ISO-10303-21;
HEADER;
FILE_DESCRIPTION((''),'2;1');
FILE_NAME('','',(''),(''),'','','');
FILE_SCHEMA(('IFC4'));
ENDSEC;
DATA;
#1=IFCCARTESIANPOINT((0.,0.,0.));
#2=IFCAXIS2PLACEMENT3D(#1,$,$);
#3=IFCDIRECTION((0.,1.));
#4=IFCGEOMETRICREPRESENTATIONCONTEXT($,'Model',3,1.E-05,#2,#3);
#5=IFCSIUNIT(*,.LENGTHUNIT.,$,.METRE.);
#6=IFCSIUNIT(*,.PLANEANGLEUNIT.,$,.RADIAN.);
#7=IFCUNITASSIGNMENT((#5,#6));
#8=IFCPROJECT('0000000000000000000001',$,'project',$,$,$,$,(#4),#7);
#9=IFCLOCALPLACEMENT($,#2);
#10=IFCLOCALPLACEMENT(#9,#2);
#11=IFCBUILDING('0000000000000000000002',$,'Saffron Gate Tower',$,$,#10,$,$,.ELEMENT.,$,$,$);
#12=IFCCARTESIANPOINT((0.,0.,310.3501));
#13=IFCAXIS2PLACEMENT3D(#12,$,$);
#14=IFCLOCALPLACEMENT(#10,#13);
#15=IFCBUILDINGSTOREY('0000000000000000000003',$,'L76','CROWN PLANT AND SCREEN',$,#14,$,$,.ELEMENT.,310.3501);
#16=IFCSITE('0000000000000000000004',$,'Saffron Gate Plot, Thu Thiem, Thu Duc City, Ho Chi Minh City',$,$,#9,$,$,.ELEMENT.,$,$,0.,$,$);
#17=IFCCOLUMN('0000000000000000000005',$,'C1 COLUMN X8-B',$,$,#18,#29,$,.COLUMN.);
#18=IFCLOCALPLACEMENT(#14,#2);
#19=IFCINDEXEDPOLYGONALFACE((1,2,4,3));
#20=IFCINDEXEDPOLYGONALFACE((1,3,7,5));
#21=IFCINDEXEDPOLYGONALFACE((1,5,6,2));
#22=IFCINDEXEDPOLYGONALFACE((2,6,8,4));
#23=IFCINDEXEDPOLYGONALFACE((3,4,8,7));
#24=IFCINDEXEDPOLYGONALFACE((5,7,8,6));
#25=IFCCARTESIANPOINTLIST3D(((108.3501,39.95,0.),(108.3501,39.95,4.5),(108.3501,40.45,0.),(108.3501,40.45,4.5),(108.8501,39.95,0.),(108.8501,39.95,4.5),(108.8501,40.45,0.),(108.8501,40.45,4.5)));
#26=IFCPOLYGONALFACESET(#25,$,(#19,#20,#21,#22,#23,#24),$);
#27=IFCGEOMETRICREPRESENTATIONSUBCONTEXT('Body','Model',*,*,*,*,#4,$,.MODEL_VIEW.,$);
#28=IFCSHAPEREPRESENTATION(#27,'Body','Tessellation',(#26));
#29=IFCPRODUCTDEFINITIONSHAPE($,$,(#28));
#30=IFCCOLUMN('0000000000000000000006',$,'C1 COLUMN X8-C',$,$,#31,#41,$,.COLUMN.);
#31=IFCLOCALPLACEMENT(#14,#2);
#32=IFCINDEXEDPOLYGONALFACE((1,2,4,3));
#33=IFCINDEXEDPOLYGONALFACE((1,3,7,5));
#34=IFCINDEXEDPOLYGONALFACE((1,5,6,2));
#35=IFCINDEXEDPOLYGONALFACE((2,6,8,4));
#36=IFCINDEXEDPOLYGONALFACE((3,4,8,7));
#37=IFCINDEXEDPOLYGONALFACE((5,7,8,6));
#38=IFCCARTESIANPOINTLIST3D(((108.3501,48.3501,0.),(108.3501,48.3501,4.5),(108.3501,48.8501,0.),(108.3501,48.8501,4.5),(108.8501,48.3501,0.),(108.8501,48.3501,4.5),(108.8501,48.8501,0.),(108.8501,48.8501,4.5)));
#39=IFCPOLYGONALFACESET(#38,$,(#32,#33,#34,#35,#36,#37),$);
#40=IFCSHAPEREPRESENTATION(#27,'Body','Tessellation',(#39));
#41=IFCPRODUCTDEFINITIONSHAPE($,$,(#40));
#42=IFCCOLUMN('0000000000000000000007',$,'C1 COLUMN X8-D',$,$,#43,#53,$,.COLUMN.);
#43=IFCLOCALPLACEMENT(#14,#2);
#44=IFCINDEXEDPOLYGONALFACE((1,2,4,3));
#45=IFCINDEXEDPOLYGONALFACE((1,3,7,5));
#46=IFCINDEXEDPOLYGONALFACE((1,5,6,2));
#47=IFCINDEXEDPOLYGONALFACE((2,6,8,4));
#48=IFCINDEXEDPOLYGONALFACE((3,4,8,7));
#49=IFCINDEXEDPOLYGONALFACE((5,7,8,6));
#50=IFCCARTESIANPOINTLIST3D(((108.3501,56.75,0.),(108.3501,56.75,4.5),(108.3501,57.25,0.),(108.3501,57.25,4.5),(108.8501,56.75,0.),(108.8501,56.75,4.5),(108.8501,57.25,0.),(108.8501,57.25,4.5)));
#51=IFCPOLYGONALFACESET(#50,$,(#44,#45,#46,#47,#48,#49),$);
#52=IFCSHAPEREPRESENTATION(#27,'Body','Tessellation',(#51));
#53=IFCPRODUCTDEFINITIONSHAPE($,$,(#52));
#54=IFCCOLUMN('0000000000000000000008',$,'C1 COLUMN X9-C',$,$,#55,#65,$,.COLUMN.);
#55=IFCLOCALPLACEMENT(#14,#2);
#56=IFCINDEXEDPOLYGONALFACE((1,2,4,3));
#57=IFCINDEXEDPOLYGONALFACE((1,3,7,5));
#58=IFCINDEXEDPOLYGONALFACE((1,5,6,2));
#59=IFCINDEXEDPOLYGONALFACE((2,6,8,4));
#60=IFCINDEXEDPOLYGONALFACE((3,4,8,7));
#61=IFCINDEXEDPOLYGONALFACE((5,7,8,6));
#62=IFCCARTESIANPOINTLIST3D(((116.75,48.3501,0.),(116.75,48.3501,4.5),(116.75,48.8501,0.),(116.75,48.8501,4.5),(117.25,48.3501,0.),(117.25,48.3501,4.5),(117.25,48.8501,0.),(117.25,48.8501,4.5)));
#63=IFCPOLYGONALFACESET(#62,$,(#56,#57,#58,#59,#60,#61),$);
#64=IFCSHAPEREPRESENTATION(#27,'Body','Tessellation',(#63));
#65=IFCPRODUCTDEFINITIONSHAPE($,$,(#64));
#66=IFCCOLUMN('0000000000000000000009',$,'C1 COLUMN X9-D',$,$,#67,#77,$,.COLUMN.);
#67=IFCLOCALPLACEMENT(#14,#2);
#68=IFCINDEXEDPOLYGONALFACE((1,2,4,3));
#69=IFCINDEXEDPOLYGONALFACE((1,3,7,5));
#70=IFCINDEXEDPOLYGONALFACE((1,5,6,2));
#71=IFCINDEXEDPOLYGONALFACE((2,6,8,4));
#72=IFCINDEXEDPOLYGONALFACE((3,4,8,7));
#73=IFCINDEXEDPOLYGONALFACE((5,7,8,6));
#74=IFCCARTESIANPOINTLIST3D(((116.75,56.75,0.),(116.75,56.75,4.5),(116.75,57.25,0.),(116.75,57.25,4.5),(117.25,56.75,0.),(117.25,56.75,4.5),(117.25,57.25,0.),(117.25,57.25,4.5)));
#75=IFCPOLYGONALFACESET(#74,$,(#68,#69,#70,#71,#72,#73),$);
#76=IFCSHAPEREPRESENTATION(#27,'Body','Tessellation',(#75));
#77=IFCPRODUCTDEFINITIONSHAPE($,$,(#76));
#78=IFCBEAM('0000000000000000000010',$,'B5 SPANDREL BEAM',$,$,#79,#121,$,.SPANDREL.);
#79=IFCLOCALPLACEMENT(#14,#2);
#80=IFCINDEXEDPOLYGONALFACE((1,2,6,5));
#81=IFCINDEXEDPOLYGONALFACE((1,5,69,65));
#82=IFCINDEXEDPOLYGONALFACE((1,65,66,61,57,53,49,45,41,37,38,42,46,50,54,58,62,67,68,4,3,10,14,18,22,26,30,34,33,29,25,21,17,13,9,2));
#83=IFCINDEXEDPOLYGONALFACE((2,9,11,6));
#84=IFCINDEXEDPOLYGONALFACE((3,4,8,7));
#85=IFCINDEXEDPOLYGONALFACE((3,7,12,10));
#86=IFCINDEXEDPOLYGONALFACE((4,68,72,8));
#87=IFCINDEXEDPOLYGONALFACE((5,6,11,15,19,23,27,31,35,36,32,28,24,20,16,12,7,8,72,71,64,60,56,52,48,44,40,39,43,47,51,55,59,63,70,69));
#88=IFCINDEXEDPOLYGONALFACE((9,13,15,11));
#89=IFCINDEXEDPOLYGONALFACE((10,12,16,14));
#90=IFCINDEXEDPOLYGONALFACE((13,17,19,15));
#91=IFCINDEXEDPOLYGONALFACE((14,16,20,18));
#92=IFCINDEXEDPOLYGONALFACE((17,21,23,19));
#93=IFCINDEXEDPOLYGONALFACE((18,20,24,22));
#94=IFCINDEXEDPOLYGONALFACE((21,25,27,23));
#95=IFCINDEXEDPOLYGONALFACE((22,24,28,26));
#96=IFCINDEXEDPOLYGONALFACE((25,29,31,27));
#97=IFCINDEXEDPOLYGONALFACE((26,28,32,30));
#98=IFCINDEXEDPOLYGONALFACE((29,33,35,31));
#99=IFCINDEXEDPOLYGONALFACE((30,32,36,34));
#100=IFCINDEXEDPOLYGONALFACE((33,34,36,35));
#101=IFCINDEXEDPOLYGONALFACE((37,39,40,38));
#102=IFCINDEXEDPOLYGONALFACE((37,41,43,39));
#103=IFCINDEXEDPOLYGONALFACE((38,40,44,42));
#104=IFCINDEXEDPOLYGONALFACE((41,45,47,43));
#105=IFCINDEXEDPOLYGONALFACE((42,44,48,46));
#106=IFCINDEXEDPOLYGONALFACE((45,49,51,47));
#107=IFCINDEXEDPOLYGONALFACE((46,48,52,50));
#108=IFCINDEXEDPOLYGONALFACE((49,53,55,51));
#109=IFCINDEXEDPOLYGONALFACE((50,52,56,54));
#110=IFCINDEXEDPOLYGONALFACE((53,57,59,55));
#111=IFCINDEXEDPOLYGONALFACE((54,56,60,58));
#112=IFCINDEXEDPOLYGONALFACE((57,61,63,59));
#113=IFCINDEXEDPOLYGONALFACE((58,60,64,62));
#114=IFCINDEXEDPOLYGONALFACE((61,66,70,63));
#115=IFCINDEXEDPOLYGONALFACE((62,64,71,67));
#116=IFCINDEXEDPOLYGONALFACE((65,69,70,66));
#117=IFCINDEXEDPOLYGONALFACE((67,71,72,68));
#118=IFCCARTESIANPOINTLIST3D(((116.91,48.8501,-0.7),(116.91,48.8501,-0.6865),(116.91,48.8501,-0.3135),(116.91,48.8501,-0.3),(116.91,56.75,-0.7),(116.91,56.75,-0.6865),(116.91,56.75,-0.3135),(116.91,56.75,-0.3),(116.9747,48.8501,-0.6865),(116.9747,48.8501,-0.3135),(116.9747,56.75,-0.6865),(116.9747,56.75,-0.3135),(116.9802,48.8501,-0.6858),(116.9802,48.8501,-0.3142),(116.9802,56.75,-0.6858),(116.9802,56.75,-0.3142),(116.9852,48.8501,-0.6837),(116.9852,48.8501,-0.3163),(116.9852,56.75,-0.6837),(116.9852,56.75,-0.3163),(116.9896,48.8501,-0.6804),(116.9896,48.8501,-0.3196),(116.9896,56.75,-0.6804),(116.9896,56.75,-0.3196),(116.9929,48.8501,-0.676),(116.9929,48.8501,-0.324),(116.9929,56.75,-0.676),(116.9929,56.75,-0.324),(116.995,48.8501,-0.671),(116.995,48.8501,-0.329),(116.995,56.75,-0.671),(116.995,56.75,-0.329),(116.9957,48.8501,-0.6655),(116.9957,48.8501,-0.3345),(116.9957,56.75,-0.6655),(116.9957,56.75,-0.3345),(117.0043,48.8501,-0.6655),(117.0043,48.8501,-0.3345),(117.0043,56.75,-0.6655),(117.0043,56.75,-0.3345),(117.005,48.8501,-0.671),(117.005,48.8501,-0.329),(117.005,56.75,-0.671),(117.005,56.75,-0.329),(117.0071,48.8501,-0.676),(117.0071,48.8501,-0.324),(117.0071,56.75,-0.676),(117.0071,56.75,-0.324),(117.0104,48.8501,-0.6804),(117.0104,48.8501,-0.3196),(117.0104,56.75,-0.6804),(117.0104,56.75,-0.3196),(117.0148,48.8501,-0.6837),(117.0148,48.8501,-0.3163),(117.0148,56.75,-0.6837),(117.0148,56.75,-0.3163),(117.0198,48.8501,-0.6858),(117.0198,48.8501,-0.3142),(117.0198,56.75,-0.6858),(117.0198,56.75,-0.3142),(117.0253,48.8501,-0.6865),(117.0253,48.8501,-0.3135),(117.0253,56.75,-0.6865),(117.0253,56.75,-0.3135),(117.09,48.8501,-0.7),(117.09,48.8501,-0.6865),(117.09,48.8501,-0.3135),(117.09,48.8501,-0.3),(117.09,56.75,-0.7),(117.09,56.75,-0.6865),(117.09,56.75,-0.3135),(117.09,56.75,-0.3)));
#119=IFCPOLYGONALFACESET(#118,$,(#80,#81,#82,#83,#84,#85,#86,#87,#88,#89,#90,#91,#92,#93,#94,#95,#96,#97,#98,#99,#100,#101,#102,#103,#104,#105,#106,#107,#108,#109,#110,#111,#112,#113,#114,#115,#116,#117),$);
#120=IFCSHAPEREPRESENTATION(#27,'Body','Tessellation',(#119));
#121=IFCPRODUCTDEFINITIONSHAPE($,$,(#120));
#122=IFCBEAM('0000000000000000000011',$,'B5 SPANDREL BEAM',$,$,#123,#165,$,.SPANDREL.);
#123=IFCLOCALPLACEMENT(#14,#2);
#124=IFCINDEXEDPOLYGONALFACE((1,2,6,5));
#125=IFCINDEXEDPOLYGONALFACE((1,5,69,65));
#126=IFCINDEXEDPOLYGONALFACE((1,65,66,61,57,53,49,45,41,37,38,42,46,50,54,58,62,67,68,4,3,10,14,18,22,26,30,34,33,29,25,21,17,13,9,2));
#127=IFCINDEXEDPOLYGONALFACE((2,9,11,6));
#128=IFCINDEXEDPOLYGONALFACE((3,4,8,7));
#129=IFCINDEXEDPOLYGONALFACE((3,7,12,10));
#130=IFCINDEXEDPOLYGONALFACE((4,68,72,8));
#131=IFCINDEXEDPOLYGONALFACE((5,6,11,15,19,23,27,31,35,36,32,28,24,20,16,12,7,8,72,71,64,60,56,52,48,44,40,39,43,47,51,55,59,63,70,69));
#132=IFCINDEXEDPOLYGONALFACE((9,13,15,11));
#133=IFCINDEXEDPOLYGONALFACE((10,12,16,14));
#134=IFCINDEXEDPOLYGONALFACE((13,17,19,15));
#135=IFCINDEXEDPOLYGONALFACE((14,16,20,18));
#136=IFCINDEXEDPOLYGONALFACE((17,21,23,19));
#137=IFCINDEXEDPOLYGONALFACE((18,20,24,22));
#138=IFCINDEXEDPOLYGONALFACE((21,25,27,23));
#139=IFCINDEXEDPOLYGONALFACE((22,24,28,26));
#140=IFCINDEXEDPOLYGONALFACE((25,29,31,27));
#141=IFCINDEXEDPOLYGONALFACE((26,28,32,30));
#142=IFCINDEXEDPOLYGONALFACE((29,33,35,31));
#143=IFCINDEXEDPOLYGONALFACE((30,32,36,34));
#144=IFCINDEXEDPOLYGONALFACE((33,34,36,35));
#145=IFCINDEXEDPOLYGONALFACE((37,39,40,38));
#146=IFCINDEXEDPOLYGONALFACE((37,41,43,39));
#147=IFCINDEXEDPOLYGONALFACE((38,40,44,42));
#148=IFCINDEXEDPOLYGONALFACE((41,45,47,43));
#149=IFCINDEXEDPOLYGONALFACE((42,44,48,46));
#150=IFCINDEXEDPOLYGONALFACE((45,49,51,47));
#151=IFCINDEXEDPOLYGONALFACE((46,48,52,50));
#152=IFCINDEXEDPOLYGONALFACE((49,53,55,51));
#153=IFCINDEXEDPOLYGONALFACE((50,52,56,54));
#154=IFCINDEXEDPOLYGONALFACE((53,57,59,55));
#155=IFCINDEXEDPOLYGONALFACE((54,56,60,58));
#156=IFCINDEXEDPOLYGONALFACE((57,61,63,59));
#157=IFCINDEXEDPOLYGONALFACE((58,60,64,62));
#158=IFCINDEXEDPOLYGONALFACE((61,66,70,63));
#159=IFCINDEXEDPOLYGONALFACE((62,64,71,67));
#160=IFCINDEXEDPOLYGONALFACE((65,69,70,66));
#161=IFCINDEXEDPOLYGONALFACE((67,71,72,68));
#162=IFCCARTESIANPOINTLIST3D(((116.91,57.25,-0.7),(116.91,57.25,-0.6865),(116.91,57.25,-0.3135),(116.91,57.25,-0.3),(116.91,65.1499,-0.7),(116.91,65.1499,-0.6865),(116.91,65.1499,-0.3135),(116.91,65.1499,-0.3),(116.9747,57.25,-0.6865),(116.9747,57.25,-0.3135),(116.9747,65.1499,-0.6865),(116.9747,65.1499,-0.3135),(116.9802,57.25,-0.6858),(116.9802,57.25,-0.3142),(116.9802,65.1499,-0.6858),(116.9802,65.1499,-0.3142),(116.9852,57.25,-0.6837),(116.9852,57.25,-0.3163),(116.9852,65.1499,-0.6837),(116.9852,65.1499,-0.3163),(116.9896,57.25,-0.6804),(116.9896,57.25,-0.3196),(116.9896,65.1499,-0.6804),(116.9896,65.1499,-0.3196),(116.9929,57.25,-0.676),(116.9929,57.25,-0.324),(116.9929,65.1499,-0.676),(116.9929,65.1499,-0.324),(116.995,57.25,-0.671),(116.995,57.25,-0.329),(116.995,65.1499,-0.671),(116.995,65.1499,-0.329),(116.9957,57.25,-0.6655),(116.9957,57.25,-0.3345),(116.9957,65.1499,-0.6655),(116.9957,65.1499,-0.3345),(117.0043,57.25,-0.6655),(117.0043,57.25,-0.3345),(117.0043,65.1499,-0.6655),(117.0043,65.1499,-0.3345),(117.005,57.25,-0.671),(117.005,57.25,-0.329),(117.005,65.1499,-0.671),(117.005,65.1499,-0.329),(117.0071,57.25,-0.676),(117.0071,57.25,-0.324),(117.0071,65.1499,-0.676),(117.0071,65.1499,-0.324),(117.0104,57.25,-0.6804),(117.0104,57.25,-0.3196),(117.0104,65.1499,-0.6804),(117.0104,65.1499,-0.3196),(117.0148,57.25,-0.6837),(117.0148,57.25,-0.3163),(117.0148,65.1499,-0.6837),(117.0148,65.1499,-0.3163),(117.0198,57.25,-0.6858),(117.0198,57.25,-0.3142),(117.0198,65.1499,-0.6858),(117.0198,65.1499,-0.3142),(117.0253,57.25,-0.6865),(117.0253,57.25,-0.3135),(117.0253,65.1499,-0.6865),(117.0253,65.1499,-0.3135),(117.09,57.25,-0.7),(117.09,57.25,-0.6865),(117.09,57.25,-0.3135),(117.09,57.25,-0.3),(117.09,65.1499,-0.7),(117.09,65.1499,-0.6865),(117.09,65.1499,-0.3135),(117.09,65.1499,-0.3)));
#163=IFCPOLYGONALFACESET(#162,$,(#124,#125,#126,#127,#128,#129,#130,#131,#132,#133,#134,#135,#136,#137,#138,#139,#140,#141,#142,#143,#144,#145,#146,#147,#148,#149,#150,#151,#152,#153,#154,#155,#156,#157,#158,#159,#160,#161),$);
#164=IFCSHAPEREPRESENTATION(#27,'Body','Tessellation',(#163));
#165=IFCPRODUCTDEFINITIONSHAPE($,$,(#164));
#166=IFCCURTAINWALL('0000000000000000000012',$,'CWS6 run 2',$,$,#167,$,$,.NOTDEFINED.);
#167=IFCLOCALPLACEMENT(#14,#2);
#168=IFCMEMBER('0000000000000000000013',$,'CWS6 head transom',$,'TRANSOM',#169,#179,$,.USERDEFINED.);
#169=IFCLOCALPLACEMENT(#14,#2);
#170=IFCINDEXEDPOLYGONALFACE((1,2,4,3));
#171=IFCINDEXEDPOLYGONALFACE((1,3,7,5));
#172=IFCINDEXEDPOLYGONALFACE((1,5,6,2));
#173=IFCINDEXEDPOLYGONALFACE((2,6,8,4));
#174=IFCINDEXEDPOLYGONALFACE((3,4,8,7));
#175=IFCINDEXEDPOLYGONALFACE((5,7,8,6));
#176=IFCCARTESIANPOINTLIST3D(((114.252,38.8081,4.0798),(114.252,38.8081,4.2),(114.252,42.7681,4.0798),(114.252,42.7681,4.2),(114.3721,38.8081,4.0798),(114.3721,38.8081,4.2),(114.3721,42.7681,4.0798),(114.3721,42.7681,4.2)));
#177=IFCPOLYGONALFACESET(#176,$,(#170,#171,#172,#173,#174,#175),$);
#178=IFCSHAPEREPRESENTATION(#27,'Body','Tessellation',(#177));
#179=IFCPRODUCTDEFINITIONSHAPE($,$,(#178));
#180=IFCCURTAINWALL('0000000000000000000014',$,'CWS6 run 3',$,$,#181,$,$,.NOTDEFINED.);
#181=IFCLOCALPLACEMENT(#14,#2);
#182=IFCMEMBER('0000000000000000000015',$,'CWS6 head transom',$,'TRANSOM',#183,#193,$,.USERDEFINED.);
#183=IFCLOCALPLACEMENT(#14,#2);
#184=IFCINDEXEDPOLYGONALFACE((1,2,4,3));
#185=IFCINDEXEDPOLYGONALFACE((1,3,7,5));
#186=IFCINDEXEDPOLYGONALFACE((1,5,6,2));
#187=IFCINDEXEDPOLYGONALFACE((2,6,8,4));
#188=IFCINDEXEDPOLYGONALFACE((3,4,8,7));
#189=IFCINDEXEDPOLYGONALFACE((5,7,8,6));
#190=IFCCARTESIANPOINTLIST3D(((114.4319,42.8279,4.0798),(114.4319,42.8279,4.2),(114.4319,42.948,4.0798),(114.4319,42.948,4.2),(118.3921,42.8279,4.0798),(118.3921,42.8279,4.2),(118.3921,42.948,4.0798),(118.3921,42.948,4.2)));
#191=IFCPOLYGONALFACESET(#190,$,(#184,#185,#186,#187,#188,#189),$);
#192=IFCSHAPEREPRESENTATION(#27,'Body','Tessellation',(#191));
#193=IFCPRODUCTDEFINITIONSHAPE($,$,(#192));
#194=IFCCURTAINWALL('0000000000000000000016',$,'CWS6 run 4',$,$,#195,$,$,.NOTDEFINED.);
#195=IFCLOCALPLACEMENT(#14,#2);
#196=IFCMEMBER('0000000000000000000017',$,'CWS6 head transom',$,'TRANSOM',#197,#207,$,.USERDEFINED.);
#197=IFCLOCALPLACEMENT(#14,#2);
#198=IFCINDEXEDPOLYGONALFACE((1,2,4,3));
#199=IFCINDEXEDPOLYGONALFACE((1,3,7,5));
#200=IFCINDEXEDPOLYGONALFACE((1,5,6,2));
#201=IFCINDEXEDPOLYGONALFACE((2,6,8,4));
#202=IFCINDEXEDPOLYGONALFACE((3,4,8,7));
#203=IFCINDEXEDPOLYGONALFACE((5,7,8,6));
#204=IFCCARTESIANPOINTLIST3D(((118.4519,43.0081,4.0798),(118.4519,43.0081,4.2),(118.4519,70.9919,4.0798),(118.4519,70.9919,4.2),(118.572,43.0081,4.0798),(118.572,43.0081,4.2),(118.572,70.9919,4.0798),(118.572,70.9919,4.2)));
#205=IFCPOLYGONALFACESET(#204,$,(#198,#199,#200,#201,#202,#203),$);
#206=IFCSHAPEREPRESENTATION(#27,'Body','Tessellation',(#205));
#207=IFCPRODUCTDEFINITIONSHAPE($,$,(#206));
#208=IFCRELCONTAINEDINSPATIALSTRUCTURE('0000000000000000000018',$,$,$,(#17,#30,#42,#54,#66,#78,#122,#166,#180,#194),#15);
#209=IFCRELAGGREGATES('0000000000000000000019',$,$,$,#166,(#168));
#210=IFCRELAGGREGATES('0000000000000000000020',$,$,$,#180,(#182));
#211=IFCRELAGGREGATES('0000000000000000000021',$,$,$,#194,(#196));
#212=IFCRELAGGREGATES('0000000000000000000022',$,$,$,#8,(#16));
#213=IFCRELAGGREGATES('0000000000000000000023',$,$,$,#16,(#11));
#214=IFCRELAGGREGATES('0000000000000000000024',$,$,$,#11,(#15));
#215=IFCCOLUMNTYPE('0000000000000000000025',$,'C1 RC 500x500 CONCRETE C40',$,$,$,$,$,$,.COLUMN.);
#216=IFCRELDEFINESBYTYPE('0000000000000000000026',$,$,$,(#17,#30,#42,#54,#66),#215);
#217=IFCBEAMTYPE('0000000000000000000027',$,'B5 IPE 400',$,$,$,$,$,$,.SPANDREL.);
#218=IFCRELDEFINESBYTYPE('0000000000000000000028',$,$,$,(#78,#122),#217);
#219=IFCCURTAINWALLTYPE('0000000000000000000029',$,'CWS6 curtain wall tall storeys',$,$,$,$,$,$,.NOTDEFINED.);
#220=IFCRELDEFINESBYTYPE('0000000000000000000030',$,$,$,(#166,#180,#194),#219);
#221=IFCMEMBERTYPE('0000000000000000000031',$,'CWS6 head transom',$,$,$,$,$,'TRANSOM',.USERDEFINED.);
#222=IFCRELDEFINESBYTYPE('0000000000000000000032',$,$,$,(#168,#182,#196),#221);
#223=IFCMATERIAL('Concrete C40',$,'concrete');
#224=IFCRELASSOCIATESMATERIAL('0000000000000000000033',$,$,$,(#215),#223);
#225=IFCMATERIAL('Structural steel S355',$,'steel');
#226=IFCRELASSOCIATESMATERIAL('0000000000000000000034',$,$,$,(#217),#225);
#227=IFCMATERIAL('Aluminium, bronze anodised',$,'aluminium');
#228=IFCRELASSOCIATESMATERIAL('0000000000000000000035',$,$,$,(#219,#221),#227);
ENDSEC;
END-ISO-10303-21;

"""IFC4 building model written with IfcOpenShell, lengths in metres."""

from ifc_helpers import new_model, si_unit, direction, frame, origin, origin_2d, place, context, subcontext, project, spatial, rectangle, i_section, extrude, material, material_profile, profile_set, type_object, element, aggregate, save


model = new_model("IFC4")

# Units and contexts
model_context = context("Model", 3, precision=1e-05, world=origin(), true_north=direction((0.0, 1.0)))
body_context = subcontext(model_context, "Body", "Model", "MODEL_VIEW")
ifc_project = project(units=[si_unit("LENGTHUNIT", "METRE"), si_unit("PLANEANGLEUNIT", "RADIAN")], contexts=[model_context])

# Site, building, storey
site_placement = place(None, origin())
site = spatial("IfcSite", under=ifc_project, at=site_placement, Name="Saffron Gate Plot, Thu Thiem, Thu Duc City, Ho Chi Minh City", CompositionType="ELEMENT", RefElevation=0.0)
building_placement = place(site_placement, origin())
building = spatial("IfcBuilding", under=site, at=building_placement, Name="Saffron Gate Tower", CompositionType="ELEMENT")
storey_placement = place(building_placement, frame((0.0, 0.0, 310.3501)))
storey = spatial("IfcBuildingStorey", under=building, at=storey_placement, Name="L76", Description="CROWN PLANT AND SCREEN", CompositionType="ELEMENT", Elevation=310.3501)

# Columns
ifc_material_1 = material(Name="Concrete C40", Category="concrete")
ifc_material_profile_1 = material_profile(ifc_material_1, rectangle(XDim=0.5, YDim=0.5, at=origin_2d()))
ifc_profile_set_1 = profile_set([ifc_material_profile_1], Name="Concrete C40")
column_type = type_object("IfcColumnType", Name="C1 RC 500x500 CONCRETE C40", PredefinedType="COLUMN", material=ifc_profile_set_1)
for number, where, z_axis, x_axis, name in (
    (1, (108.6001, 40.2, 0.0), (0.0, 0.0, 1.0), (1.0, 0.0, 0.0), "C1 COLUMN X8-B"),
    (2, (108.6001, 48.6001, 0.0), (0.0, 0.0, 1.0), (1.0, 0.0, 0.0), "C1 COLUMN X8-C"),
    (3, (108.6001, 57.0, 0.0), (0.0, 0.0, 1.0), (1.0, 0.0, 0.0), "C1 COLUMN X8-D"),
    (4, (117.0, 48.6001, 0.0), (0.0, 0.0, 1.0), (1.0, 0.0, 0.0), "C1 COLUMN X9-C"),
    (5, (117.0, 57.0, 0.0), (0.0, 0.0, 1.0), (1.0, 0.0, 0.0), "C1 COLUMN X9-D"),
):
    element("IfcColumn", number, at=place(storey_placement, frame(where, z_axis=z_axis, x_axis=x_axis)), inside=storey, type_object=column_type, Name=name, PredefinedType="COLUMN", context=body_context, shape_type="SweptSolid", body=[
        extrude(rectangle(XDim=0.5, YDim=0.5, at=origin_2d()), origin(), (0.0, 0.0, 1.0), 4.5),
    ])

# Beams
ifc_material_2 = material(Name="Structural steel S355", Category="steel")
ifc_material_profile_2 = material_profile(ifc_material_2, i_section(OverallWidth=0.1799, OverallDepth=0.3999, WebThickness=0.0085, FlangeThickness=0.0134, FilletRadius=0.021, at=origin_2d()))
ifc_profile_set_2 = profile_set([ifc_material_profile_2], Name="Structural steel S355")
beam_type = type_object("IfcBeamType", Name="B5 IPE 400", PredefinedType="SPANDREL", material=ifc_profile_set_2)
for number, where, z_axis, x_axis, name in (
    (6, (117.0, 48.8501, -0.5), (0.0, 1.0, 0.0), (-1.0, 0.0, 0.0), "B5 SPANDREL BEAM"),
    (7, (117.0, 57.25, -0.5), (0.0, 1.0, 0.0), (-1.0, 0.0, 0.0), "B5 SPANDREL BEAM"),
):
    element("IfcBeam", number, at=place(storey_placement, frame(where, z_axis=z_axis, x_axis=x_axis)), inside=storey, type_object=beam_type, Name=name, PredefinedType="SPANDREL", context=body_context, shape_type="SweptSolid", body=[
        extrude(i_section(OverallWidth=0.1799, OverallDepth=0.3999, WebThickness=0.0085, FlangeThickness=0.0134, FilletRadius=0.021, at=origin_2d()), origin(), (0.0, 0.0, 1.0), 7.8999),
    ])

# Curtain walls, members
ifc_material_3 = material(Name="Aluminium, bronze anodised", Category="aluminium")
curtain_wall_type = type_object("IfcCurtainWallType", Name="CWS6 curtain wall tall storeys", PredefinedType="NOTDEFINED", material=ifc_material_3)
curtain_wall_1_placement = place(storey_placement, origin())
curtain_wall_1 = element("IfcCurtainWall", 8, at=curtain_wall_1_placement, inside=storey, type_object=curtain_wall_type, Name="CWS6 run 2", PredefinedType="NOTDEFINED")
ifc_material_profile_3 = material_profile(ifc_material_3, rectangle(XDim=0.1201, YDim=0.1201, at=origin_2d()))
ifc_profile_set_3 = profile_set([ifc_material_profile_3], Name="Aluminium, bronze anodised")
member_type_1 = type_object("IfcMemberType", Name="CWS6 head transom", ElementType="TRANSOM", PredefinedType="USERDEFINED", material=ifc_profile_set_3)
member_1_placement = place(storey_placement, frame((114.312, 38.8081, 4.1399), z_axis=(0.0, 1.0, 0.0), x_axis=(-1.0, 0.0, 0.0)))
member_1 = element("IfcMember", 9, at=member_1_placement, type_object=member_type_1, Name="CWS6 head transom", ObjectType="TRANSOM", PredefinedType="USERDEFINED", context=body_context, shape_type="SweptSolid", body=[
    extrude(rectangle(XDim=0.1201, YDim=0.1201, at=origin_2d()), origin(), (0.0, 0.0, 1.0), 3.96),
])
curtain_wall_2_placement = place(storey_placement, origin())
curtain_wall_2 = element("IfcCurtainWall", 10, at=curtain_wall_2_placement, inside=storey, type_object=curtain_wall_type, Name="CWS6 run 3", PredefinedType="NOTDEFINED")
member_2_placement = place(storey_placement, frame((114.4319, 42.8879, 4.1399), z_axis=(1.0, 0.0, 0.0), x_axis=(0.0, 1.0, 0.0)))
member_2 = element("IfcMember", 11, at=member_2_placement, type_object=member_type_1, Name="CWS6 head transom", ObjectType="TRANSOM", PredefinedType="USERDEFINED", context=body_context, shape_type="SweptSolid", body=[
    extrude(rectangle(XDim=0.1201, YDim=0.1201, at=origin_2d()), origin(), (0.0, 0.0, 1.0), 3.9602),
])
curtain_wall_3_placement = place(storey_placement, origin())
curtain_wall_3 = element("IfcCurtainWall", 12, at=curtain_wall_3_placement, inside=storey, type_object=curtain_wall_type, Name="CWS6 run 4", PredefinedType="NOTDEFINED")
member_3_placement = place(storey_placement, frame((118.512, 43.0081, 4.1399), z_axis=(0.0, 1.0, 0.0), x_axis=(-1.0, 0.0, 0.0)))
member_3 = element("IfcMember", 13, at=member_3_placement, type_object=member_type_1, Name="CWS6 head transom", ObjectType="TRANSOM", PredefinedType="USERDEFINED", context=body_context, shape_type="SweptSolid", body=[
    extrude(rectangle(XDim=0.1201, YDim=0.1201, at=origin_2d()), origin(), (0.0, 0.0, 1.0), 27.9839),
])

aggregate(curtain_wall_1, [member_1])
aggregate(curtain_wall_2, [member_2])

aggregate(curtain_wall_3, [member_3])

save(model, "model.ifc")
